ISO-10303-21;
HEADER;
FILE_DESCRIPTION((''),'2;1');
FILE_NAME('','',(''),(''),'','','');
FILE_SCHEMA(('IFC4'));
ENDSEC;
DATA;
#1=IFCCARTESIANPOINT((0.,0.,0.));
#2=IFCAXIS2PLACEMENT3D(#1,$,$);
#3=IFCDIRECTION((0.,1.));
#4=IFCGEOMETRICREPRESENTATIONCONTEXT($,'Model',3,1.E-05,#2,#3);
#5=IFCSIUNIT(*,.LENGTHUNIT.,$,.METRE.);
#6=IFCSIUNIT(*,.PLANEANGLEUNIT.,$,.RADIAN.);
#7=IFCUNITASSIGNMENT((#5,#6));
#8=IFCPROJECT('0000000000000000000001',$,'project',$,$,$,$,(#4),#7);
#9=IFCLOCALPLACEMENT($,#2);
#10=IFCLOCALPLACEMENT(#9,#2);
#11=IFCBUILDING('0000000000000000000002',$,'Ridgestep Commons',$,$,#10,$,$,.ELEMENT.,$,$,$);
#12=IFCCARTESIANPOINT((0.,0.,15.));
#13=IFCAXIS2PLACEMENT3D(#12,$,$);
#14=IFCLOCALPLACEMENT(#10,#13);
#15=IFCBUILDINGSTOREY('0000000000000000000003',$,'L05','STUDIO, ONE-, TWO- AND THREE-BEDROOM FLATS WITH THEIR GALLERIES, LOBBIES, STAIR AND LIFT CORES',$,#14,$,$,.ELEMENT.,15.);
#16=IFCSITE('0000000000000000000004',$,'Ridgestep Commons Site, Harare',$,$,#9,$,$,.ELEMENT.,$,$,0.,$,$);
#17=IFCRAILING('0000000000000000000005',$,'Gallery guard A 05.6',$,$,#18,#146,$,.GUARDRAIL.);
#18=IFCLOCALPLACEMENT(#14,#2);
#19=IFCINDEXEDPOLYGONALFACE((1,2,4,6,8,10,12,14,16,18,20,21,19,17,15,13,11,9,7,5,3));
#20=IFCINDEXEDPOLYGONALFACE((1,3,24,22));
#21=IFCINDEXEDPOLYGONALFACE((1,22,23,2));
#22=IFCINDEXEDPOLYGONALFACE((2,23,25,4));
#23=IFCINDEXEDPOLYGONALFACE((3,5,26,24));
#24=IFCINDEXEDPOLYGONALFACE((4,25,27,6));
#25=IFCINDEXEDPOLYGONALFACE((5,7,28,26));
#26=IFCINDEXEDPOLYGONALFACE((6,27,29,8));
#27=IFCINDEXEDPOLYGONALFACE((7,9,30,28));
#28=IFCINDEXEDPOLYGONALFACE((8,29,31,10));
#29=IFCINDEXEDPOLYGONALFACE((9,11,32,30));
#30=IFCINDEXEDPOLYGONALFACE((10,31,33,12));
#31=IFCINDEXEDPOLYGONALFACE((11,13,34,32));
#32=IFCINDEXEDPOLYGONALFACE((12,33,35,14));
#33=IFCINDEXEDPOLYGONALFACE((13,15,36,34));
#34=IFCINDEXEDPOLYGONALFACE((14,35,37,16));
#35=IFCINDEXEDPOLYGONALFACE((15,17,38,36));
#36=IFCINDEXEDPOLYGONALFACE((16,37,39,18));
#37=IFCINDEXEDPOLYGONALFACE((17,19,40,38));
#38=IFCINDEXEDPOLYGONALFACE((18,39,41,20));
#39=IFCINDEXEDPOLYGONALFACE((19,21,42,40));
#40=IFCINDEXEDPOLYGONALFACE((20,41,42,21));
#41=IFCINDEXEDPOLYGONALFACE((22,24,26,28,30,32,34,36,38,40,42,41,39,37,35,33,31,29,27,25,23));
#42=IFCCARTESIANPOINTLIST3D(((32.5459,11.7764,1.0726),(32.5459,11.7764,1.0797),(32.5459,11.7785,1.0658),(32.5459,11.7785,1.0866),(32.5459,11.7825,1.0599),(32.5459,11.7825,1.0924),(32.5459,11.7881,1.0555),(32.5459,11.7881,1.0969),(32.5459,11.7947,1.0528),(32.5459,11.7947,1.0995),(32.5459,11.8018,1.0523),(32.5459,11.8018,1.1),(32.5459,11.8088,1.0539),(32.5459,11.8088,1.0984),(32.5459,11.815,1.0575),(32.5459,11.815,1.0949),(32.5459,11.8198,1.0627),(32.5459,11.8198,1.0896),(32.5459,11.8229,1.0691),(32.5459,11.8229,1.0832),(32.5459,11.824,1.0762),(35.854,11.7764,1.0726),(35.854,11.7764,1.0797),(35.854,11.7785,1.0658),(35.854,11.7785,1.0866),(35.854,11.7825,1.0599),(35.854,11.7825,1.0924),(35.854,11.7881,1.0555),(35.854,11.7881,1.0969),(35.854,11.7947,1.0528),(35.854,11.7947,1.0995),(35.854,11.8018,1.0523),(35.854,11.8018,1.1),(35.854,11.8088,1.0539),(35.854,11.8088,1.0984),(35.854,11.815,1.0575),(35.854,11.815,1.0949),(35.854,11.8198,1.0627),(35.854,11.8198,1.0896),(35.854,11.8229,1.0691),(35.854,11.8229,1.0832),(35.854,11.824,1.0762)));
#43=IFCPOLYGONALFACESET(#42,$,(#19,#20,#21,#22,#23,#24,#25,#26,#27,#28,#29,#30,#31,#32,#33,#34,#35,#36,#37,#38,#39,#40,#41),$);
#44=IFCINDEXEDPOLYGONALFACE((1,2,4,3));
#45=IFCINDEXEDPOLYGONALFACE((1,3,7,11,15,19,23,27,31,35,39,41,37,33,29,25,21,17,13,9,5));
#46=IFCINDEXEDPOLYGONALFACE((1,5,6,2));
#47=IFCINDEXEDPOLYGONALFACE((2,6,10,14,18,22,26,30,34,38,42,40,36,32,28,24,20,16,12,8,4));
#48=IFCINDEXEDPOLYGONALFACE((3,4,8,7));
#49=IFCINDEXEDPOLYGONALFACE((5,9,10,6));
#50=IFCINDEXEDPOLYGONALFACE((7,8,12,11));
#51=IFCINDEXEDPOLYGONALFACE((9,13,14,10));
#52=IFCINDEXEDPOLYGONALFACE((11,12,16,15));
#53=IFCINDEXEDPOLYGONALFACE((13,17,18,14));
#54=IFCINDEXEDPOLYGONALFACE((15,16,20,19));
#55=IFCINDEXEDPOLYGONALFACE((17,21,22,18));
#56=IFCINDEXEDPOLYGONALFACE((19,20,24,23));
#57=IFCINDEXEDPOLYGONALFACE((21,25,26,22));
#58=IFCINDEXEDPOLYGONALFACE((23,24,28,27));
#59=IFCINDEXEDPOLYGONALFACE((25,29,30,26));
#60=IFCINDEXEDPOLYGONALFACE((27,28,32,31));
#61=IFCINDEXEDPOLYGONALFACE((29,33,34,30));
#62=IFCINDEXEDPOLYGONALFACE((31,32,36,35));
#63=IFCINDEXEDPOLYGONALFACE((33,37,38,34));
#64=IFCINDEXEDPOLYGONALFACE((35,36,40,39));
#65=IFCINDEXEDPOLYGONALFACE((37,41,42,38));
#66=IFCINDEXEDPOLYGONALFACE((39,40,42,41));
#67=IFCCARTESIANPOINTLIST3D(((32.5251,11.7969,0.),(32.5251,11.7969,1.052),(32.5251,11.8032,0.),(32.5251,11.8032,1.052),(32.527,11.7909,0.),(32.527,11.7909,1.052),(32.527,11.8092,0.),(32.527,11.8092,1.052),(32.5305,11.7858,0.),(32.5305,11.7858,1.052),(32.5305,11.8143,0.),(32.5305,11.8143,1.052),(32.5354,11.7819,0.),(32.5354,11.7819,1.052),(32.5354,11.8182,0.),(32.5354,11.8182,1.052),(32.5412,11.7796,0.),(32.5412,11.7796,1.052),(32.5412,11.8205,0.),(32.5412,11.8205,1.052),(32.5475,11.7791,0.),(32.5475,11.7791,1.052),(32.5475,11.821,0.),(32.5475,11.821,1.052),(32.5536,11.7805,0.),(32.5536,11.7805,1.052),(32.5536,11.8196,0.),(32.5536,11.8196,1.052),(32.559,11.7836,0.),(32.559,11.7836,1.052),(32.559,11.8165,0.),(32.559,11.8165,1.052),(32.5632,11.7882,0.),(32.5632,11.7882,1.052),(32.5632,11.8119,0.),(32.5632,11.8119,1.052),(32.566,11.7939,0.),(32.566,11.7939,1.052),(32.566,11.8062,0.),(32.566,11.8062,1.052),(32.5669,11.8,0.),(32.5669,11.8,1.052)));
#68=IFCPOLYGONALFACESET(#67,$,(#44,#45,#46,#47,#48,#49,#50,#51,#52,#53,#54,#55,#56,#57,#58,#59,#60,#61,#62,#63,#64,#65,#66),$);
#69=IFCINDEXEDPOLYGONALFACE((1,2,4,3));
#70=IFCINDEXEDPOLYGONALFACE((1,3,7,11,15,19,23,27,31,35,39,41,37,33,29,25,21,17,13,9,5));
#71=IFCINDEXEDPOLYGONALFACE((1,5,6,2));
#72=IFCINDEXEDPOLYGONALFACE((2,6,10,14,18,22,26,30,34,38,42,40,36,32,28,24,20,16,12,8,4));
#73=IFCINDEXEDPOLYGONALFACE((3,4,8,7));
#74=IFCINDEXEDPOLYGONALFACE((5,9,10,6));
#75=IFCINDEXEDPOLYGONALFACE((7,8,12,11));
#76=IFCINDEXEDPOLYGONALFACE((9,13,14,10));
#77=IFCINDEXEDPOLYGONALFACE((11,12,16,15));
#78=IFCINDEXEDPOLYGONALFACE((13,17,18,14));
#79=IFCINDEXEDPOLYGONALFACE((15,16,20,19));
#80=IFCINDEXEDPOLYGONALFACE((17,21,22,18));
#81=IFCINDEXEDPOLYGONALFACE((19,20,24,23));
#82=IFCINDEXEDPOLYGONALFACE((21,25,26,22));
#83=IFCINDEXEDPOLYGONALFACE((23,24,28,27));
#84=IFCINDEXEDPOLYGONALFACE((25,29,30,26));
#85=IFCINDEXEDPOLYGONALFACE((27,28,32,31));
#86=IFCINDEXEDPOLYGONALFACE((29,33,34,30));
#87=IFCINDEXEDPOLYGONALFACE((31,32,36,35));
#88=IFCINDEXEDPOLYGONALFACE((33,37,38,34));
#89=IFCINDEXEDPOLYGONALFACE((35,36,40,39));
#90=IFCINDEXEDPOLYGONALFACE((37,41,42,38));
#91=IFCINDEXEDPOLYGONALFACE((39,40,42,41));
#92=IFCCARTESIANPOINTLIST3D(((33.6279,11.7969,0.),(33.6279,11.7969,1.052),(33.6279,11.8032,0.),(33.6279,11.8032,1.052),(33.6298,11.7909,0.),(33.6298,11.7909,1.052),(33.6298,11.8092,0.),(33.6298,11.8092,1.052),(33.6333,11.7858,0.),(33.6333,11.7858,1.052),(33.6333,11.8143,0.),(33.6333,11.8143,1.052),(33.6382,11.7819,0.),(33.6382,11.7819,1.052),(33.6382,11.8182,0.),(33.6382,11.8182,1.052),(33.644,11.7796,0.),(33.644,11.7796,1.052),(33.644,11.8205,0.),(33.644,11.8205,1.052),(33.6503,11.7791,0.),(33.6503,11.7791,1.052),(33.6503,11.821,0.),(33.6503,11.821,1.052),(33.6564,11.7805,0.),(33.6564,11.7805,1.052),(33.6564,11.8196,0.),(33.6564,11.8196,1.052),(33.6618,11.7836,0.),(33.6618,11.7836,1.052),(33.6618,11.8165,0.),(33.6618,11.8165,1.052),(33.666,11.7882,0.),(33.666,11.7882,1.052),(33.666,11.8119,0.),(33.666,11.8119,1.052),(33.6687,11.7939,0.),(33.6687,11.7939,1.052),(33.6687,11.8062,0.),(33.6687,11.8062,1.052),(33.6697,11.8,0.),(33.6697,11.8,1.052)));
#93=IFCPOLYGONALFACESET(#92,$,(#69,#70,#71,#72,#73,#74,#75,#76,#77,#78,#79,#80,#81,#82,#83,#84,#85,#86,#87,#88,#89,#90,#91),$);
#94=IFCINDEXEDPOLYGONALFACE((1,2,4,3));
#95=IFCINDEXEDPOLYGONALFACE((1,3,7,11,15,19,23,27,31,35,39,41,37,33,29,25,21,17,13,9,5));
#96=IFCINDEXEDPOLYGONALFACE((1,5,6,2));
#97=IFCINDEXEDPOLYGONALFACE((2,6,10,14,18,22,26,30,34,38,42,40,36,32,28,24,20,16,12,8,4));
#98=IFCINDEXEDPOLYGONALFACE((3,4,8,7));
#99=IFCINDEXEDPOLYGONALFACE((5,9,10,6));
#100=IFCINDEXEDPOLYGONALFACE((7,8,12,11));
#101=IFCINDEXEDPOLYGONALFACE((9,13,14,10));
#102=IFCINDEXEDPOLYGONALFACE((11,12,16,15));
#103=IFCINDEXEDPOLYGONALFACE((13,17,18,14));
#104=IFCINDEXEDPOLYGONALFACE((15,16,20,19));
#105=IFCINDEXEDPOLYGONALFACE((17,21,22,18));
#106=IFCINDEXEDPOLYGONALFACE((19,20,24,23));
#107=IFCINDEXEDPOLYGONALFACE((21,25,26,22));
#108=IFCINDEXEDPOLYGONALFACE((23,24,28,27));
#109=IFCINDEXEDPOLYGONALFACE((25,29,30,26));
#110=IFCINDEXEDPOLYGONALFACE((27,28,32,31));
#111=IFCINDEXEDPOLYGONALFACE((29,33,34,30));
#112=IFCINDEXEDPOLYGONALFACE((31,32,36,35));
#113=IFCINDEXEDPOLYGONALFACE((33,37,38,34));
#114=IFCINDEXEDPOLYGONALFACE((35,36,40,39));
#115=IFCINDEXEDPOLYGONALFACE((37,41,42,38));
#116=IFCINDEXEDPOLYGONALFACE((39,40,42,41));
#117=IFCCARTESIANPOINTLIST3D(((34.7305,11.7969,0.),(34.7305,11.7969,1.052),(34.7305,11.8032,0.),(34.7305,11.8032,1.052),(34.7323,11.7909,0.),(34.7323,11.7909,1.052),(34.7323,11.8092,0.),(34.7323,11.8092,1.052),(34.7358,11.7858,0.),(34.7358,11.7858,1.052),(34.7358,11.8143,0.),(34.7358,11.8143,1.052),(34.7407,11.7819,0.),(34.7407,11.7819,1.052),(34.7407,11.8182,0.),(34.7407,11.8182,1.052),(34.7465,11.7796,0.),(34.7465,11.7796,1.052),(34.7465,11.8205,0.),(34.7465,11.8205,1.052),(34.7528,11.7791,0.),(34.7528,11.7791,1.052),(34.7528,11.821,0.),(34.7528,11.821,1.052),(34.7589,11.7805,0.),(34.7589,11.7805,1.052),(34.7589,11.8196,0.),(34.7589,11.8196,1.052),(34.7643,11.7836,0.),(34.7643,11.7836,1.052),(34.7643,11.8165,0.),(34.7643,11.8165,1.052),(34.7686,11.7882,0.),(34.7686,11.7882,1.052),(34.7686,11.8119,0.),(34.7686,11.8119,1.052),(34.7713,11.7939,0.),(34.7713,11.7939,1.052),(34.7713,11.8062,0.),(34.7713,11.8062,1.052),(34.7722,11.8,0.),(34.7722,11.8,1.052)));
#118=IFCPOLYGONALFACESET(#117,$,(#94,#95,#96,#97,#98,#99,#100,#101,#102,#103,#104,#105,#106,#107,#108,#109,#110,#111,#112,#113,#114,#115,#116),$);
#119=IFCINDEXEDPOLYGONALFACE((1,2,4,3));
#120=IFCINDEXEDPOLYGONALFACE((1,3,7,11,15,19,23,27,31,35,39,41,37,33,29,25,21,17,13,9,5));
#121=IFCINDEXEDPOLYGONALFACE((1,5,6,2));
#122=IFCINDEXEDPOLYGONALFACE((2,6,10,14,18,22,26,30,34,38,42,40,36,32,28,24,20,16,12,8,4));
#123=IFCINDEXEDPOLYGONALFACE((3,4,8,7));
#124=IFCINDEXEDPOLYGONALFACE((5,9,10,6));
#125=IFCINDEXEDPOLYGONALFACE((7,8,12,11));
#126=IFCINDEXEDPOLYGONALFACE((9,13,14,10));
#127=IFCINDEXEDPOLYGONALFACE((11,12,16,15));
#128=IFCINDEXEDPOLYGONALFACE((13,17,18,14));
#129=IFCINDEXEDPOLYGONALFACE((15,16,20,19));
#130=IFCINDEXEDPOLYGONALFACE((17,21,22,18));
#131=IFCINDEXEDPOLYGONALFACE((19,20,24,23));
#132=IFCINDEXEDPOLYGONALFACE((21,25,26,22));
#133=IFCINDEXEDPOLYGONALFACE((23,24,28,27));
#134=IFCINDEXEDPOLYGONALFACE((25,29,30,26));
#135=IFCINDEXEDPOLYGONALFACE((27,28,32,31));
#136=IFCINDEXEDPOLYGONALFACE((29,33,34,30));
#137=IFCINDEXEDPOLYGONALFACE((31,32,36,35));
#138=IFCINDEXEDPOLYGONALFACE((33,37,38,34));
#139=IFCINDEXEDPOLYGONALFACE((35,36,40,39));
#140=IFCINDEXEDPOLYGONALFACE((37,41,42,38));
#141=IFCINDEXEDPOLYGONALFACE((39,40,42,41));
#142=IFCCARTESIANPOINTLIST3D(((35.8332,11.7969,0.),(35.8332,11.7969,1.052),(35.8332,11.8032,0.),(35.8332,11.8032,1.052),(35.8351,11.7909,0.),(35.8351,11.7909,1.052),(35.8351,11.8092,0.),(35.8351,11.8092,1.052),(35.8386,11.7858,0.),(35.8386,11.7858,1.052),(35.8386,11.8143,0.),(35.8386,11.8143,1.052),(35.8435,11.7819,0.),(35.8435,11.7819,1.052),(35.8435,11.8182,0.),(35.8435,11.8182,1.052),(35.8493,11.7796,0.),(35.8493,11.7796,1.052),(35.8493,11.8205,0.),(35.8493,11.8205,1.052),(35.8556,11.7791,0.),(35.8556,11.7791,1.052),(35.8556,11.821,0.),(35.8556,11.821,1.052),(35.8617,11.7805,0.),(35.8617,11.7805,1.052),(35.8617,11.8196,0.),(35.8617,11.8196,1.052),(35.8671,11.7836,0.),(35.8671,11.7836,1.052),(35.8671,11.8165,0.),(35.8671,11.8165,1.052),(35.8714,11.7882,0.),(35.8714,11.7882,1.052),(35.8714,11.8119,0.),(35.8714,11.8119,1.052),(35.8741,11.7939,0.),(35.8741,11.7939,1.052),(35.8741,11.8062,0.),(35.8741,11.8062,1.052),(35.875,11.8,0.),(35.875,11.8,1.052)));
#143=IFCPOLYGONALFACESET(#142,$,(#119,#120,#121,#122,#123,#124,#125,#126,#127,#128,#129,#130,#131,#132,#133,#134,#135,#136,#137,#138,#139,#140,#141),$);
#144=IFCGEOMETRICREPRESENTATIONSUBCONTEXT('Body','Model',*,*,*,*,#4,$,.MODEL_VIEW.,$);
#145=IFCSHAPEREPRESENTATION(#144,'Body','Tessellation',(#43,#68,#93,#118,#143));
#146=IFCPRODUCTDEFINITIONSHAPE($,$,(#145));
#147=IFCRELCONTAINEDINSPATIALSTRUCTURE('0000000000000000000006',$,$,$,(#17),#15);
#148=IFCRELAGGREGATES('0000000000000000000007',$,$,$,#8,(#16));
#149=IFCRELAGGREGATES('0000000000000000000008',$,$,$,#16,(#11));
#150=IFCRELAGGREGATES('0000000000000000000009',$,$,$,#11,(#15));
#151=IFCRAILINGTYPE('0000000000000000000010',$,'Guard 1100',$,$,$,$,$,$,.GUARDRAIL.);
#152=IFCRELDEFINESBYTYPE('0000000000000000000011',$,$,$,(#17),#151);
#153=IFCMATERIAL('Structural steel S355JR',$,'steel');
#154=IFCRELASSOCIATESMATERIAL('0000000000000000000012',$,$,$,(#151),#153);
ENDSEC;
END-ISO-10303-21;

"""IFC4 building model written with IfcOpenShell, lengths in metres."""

from ifc_helpers import new_model, si_unit, direction, frame, origin, origin_2d, place, context, subcontext, project, spatial, circle, extrude, material, type_object, element, save


model = new_model("IFC4")

# Units and contexts
model_context = context("Model", 3, precision=1e-05, world=origin(), true_north=direction((0.0, 1.0)))
body_context = subcontext(model_context, "Body", "Model", "MODEL_VIEW")
ifc_project = project(units=[si_unit("LENGTHUNIT", "METRE"), si_unit("PLANEANGLEUNIT", "RADIAN")], contexts=[model_context])

# Site, building, storey
site_placement = place(None, origin())
site = spatial("IfcSite", under=ifc_project, at=site_placement, Name="Ridgestep Commons Site, Harare", CompositionType="ELEMENT", RefElevation=0.0)
building_placement = place(site_placement, origin())
building = spatial("IfcBuilding", under=site, at=building_placement, Name="Ridgestep Commons", CompositionType="ELEMENT")
storey_placement = place(building_placement, frame((0.0, 0.0, 15.0)))
storey = spatial("IfcBuildingStorey", under=building, at=storey_placement, Name="L05", Description="STUDIO, ONE-, TWO- AND THREE-BEDROOM FLATS WITH THEIR GALLERIES, LOBBIES, STAIR AND LIFT CORES", CompositionType="ELEMENT", Elevation=15.0)

# Railing
ifc_material_1 = material(Name="Structural steel S355JR", Category="steel")
railing_type = type_object("IfcRailingType", Name="Guard 1100", PredefinedType="GUARDRAIL", material=ifc_material_1)
for number, where, name in (
    (1, (32.5459, 11.8, 0.0), "Gallery guard A 05.6"),
):
    element("IfcRailing", number, at=place(storey_placement, frame(where)), inside=storey, type_object=railing_type, Name=name, PredefinedType="GUARDRAIL", context=body_context, shape_type="SweptSolid", body=[
        extrude(circle(Radius=0.0239, at=origin_2d()), frame((0.0, 0.0, 1.0762), z_axis=(1.0, 0.0, 0.0), x_axis=(0.0, 1.0, 0.0)), (0.0, 0.0, 1.0), 3.3081),
        extrude(circle(Radius=0.021, at=origin_2d()), origin(), (0.0, 0.0, 1.0), 1.052),
        extrude(circle(Radius=0.021, at=origin_2d()), frame((1.1028, 0.0, 0.0)), (0.0, 0.0, 1.0), 1.052),
        extrude(circle(Radius=0.021, at=origin_2d()), frame((2.2053, 0.0, 0.0)), (0.0, 0.0, 1.0), 1.052),
        extrude(circle(Radius=0.021, at=origin_2d()), frame((3.3081, 0.0, 0.0)), (0.0, 0.0, 1.0), 1.052),
    ])

save(model, "model.ifc")
